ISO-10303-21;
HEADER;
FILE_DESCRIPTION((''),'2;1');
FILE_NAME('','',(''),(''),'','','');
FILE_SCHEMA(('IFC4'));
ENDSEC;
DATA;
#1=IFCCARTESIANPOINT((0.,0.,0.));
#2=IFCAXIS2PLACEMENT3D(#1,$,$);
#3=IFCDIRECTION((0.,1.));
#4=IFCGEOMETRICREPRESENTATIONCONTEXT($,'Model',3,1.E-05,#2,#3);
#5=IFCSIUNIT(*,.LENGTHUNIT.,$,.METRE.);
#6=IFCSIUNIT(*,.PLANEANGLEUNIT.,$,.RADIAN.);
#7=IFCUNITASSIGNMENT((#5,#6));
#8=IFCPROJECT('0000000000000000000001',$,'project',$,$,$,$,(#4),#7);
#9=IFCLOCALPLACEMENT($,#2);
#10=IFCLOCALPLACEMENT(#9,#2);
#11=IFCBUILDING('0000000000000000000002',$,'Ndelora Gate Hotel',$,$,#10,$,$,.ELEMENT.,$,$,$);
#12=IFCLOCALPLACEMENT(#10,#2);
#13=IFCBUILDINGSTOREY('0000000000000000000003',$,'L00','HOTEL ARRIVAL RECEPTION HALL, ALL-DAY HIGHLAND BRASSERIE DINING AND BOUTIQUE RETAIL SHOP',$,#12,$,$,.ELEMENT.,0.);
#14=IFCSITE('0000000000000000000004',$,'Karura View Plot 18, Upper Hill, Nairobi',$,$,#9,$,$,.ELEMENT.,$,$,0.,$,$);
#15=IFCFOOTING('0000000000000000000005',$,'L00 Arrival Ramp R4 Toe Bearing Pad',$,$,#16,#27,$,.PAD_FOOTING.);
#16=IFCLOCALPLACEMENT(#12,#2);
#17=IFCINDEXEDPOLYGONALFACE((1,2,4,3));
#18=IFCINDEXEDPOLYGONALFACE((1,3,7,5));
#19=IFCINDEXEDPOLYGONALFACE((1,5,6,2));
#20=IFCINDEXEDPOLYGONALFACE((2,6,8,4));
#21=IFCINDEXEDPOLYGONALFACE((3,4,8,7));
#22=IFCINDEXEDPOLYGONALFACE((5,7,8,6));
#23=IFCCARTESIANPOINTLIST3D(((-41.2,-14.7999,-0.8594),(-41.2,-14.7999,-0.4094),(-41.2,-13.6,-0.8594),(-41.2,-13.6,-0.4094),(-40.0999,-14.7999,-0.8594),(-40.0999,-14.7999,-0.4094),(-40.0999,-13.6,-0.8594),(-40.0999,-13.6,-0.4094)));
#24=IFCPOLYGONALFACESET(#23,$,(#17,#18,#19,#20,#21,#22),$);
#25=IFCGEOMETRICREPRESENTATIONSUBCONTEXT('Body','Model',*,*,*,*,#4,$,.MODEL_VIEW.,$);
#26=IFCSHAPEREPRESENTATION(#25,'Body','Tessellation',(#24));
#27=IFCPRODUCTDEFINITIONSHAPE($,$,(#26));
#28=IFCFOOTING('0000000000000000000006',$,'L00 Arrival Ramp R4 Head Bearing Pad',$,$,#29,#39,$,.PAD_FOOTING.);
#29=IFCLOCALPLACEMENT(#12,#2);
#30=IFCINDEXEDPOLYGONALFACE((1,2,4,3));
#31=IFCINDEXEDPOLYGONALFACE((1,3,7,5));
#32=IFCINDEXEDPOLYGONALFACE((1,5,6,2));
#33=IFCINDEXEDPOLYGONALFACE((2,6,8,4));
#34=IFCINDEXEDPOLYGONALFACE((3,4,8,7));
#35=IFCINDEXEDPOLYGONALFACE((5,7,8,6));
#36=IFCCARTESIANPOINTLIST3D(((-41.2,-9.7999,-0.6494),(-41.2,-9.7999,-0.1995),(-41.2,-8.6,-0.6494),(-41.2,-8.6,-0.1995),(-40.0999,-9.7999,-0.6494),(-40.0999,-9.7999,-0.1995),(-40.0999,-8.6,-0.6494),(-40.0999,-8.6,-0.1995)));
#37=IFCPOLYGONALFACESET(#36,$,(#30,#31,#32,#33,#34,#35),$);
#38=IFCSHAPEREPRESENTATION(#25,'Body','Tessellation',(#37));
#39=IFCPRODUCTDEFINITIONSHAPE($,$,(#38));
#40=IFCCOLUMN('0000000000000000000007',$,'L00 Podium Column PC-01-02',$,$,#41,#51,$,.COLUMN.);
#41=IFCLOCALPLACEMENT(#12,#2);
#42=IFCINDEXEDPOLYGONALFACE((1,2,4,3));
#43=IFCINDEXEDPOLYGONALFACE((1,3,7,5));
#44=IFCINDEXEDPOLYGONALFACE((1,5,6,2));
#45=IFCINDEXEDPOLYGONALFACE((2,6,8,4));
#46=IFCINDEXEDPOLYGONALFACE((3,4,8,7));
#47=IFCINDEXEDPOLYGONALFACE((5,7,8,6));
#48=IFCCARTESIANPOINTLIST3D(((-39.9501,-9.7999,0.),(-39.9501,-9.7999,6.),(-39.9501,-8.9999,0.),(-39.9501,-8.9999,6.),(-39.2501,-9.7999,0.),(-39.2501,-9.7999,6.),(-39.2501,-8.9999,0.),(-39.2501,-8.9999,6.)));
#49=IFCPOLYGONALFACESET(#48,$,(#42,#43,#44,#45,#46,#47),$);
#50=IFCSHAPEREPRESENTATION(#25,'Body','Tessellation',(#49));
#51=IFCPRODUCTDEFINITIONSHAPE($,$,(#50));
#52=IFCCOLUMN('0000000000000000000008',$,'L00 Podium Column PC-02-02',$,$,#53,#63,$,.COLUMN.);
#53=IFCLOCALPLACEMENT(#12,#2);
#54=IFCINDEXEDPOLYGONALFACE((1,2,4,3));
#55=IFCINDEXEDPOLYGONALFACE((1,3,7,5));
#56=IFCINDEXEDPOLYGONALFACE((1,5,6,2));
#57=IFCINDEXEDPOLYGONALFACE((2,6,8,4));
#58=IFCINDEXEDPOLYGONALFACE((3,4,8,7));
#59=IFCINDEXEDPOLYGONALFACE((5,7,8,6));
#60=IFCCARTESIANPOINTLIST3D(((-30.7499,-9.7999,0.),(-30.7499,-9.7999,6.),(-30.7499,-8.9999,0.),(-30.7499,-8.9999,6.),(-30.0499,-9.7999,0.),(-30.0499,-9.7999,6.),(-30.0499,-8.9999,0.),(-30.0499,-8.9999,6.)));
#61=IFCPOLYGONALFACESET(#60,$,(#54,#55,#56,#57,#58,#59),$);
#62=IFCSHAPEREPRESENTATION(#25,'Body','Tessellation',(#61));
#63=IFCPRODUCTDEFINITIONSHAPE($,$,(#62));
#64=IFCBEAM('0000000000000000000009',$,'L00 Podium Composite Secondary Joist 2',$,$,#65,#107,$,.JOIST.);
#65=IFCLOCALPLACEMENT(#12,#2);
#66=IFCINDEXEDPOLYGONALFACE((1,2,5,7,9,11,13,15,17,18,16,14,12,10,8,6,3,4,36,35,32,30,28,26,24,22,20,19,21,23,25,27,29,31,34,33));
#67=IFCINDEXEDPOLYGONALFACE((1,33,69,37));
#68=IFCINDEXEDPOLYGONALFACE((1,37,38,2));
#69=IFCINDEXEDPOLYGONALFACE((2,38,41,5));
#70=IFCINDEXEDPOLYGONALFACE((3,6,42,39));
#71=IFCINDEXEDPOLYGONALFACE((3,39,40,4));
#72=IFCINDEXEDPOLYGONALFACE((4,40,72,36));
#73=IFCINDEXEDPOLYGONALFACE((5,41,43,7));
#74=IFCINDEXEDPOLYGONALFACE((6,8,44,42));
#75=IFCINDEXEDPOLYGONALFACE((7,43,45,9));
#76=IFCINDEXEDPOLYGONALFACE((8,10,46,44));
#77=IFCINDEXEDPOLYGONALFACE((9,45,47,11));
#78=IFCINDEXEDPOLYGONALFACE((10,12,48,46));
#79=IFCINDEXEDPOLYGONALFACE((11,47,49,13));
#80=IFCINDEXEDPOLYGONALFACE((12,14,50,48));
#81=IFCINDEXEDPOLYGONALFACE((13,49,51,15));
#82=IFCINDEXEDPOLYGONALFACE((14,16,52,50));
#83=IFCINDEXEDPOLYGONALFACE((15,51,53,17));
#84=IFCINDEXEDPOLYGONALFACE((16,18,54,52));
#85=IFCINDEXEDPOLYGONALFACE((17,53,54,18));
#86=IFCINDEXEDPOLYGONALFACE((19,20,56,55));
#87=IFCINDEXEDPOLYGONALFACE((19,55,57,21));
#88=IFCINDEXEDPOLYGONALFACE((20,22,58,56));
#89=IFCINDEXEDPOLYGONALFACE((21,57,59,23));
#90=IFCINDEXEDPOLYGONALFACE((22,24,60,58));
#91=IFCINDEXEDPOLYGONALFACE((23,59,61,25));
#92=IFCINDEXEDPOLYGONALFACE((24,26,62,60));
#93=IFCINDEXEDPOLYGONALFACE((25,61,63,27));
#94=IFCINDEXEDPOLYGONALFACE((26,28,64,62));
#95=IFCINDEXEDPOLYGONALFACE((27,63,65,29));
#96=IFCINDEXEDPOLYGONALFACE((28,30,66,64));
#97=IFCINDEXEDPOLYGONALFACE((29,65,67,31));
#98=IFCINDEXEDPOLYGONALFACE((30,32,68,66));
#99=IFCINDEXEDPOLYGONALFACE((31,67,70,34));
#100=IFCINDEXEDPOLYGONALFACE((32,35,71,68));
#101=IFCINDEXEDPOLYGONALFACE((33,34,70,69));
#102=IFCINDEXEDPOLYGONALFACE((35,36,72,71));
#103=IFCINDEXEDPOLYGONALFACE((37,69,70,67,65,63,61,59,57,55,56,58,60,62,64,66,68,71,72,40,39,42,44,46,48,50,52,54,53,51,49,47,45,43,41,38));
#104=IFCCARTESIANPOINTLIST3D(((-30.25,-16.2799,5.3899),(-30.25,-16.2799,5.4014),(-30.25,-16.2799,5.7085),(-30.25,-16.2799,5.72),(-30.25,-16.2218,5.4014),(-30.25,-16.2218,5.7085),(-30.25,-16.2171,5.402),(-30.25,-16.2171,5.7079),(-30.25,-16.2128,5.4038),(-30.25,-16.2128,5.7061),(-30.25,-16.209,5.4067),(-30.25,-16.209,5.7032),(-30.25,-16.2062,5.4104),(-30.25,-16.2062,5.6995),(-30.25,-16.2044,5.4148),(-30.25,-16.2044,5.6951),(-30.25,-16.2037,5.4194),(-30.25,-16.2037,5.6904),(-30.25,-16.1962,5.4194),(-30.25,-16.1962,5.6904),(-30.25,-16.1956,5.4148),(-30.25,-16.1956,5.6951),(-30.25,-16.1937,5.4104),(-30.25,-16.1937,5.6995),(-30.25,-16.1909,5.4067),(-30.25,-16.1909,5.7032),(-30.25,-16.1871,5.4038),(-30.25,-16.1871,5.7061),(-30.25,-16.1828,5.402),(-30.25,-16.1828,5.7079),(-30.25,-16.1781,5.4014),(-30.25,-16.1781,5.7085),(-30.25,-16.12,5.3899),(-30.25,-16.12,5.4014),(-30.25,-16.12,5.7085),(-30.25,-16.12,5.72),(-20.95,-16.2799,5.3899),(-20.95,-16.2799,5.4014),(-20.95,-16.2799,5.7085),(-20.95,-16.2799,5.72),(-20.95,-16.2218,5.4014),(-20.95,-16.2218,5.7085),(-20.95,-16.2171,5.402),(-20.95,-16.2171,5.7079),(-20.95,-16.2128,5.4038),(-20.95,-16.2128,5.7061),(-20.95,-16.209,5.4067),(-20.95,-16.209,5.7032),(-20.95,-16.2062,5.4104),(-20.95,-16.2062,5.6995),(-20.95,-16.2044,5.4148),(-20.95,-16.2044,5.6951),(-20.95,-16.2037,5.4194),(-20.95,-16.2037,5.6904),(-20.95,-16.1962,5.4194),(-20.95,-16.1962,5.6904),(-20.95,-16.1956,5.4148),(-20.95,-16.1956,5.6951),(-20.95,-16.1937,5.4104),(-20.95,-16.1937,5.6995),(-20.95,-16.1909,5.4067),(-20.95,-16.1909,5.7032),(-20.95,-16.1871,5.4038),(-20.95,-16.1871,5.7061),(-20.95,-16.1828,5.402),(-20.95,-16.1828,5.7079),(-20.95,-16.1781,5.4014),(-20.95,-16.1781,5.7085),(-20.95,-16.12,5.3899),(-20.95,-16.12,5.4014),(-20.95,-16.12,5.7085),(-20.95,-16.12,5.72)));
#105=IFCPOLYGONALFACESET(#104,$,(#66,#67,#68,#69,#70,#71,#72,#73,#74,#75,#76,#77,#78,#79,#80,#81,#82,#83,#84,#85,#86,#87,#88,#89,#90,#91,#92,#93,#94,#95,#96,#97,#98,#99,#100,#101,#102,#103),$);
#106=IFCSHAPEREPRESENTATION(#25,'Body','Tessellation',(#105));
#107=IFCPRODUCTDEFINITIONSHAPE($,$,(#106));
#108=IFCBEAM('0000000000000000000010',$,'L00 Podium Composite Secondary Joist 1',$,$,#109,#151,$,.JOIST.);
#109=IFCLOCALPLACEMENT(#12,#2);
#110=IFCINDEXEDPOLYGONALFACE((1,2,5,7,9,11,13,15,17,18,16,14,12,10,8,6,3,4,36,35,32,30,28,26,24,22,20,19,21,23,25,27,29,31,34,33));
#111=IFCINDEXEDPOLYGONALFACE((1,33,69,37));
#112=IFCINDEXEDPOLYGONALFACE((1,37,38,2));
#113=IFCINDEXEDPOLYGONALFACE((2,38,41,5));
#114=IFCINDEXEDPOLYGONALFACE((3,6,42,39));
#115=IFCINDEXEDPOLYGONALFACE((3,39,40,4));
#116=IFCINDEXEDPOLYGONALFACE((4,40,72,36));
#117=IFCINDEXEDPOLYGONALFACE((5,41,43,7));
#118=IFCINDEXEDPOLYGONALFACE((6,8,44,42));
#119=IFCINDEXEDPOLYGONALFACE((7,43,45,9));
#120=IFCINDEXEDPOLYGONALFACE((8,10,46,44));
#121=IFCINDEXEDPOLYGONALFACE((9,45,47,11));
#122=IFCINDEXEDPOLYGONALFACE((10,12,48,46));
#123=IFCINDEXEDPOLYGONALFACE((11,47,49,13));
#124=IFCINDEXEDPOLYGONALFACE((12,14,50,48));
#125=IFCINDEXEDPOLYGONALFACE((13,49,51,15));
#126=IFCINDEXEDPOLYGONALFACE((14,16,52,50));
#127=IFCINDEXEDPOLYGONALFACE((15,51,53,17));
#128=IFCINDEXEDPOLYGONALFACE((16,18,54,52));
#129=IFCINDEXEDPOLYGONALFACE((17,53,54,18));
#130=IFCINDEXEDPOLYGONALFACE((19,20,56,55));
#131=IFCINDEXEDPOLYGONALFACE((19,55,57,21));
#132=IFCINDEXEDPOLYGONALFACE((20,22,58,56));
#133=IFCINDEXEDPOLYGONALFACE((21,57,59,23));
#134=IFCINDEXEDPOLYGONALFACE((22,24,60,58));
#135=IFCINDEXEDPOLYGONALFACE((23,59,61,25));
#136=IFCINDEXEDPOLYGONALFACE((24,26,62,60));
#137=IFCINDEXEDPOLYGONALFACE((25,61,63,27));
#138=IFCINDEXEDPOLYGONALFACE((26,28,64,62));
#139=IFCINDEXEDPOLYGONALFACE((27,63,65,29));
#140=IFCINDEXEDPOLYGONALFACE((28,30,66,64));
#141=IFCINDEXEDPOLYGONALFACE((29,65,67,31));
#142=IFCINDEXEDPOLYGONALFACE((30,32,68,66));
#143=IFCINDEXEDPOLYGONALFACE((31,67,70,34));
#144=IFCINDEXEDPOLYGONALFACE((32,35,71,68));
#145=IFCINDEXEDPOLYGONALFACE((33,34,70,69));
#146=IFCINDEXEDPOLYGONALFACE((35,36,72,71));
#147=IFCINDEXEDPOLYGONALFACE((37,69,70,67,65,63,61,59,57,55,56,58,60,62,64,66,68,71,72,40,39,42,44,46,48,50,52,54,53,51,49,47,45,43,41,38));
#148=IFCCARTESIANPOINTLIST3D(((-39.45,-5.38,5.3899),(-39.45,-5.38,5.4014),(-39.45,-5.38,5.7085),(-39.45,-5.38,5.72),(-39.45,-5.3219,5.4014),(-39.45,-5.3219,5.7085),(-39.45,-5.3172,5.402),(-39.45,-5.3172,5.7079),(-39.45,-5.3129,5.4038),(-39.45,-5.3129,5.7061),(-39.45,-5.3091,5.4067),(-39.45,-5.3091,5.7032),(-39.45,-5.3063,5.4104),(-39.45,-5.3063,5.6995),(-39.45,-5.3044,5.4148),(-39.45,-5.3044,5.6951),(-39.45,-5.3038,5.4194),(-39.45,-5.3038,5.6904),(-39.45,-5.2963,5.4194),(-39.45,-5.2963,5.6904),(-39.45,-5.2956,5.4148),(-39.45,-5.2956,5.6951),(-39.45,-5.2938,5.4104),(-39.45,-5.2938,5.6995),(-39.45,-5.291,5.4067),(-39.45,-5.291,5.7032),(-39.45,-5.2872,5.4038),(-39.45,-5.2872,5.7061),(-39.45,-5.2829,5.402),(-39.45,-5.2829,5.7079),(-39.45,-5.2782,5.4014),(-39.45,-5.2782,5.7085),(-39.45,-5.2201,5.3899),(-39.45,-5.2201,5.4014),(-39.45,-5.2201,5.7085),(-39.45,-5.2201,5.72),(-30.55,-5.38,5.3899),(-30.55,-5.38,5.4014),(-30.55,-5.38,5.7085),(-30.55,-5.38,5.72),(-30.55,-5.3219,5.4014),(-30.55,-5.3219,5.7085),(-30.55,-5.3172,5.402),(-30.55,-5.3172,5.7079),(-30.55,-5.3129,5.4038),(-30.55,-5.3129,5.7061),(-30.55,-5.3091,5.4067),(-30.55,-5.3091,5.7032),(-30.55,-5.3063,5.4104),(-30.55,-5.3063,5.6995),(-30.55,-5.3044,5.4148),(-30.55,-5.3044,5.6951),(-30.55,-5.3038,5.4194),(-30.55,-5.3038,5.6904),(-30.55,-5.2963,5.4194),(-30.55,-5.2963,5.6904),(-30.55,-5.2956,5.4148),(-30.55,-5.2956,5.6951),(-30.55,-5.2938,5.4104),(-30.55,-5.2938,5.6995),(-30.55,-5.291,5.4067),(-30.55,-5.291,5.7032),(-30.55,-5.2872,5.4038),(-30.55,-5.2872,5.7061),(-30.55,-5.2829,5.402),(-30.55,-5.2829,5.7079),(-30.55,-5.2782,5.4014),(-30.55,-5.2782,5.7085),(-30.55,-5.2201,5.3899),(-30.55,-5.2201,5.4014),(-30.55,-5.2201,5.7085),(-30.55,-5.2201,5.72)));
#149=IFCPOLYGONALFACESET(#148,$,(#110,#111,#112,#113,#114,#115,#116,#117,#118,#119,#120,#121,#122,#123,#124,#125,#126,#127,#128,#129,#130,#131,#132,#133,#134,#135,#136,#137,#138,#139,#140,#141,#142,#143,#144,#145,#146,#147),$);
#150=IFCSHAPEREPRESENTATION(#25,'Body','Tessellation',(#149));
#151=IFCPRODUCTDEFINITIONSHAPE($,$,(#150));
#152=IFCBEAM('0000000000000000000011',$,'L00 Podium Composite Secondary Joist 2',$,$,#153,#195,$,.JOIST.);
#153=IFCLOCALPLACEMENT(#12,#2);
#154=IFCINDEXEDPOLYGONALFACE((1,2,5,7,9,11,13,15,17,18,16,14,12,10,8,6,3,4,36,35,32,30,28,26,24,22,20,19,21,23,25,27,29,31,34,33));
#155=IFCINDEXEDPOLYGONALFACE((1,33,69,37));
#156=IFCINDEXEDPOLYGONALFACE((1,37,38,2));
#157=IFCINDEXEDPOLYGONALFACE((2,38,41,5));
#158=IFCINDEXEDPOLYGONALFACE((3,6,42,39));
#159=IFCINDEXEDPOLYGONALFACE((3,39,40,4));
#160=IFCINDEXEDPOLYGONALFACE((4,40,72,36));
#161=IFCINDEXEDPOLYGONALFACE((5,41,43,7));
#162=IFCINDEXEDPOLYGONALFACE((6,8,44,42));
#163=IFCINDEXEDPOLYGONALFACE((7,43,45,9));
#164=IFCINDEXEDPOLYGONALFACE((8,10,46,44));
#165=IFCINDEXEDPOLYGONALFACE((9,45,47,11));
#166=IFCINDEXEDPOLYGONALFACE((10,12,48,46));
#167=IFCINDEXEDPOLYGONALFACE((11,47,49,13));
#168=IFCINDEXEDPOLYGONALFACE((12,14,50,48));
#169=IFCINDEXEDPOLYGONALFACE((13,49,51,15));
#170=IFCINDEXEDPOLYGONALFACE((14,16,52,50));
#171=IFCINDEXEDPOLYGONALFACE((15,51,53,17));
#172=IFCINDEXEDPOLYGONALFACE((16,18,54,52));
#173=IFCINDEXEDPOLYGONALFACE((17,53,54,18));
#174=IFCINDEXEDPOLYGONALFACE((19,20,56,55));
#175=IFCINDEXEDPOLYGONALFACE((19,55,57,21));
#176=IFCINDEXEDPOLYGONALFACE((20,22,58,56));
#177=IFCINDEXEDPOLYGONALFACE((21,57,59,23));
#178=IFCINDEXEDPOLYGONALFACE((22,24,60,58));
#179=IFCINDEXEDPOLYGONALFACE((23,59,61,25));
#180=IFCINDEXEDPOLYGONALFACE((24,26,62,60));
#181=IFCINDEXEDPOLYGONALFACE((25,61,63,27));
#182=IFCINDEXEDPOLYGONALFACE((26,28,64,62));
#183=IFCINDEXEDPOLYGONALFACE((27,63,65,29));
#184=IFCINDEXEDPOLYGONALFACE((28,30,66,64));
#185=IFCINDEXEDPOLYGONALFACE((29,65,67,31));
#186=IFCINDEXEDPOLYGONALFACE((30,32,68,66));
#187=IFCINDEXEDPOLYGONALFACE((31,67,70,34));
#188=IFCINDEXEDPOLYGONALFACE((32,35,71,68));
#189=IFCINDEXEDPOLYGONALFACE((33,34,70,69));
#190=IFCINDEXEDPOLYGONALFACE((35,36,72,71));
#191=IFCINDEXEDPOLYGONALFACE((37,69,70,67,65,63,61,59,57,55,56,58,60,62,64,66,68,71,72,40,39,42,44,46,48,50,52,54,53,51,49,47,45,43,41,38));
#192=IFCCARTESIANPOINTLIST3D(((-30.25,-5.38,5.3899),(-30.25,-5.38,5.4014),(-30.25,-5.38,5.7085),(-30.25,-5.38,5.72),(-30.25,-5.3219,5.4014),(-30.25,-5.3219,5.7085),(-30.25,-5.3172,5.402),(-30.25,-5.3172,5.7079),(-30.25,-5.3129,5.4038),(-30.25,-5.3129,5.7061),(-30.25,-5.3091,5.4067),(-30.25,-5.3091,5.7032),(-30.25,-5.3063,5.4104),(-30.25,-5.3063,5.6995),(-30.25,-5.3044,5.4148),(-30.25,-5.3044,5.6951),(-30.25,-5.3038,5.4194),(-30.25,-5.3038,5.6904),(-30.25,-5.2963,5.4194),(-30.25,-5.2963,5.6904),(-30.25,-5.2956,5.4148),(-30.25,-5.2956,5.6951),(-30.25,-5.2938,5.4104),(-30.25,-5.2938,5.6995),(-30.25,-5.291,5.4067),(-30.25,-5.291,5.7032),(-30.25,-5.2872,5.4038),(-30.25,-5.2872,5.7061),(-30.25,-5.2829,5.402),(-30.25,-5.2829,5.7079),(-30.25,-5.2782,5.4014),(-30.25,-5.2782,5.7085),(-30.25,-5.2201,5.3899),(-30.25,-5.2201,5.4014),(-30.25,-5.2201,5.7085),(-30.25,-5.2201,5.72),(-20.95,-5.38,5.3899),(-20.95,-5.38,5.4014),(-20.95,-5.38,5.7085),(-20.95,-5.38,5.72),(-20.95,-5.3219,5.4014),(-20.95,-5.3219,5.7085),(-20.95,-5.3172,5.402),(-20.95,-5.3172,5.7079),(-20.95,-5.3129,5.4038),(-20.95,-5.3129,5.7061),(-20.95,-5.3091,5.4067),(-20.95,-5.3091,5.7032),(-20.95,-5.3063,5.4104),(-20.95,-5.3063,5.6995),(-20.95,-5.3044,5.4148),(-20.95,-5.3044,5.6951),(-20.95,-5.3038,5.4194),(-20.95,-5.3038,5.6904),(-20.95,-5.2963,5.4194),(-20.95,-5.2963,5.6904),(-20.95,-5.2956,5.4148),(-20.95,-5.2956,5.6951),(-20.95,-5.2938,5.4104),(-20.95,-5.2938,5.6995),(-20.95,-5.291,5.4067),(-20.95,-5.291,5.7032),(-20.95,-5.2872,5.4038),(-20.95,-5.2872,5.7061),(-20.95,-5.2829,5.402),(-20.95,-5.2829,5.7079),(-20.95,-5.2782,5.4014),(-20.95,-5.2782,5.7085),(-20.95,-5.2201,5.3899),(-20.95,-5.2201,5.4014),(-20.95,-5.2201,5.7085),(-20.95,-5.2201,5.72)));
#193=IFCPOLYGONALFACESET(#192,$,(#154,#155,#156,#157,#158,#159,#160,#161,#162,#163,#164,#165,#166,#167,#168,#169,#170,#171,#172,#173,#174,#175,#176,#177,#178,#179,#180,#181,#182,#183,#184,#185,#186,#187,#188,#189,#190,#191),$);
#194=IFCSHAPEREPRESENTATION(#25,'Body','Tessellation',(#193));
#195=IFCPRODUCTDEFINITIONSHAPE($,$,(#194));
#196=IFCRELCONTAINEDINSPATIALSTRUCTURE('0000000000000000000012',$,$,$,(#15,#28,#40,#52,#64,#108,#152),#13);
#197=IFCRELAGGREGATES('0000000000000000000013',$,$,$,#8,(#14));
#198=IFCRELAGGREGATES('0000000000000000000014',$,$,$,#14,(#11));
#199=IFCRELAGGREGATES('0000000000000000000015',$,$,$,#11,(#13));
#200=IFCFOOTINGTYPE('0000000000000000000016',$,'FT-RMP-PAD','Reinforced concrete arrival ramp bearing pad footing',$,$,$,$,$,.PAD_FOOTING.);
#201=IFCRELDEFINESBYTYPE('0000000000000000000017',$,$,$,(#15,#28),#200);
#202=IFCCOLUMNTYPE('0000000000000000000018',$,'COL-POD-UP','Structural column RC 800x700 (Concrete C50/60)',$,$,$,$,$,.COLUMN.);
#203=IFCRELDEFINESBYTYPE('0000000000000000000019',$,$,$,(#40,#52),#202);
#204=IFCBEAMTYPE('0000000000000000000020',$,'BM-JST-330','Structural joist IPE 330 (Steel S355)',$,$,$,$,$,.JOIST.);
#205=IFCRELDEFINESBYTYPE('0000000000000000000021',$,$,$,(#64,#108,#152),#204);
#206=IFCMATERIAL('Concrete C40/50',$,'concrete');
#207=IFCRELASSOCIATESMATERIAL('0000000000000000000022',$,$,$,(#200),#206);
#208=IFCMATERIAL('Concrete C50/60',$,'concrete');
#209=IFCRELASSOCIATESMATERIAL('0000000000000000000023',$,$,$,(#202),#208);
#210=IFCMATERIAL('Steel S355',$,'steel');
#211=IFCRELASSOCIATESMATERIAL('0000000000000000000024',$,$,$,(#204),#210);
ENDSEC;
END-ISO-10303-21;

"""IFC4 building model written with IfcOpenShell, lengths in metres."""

from ifc_helpers import new_model, si_unit, direction, frame, origin, origin_2d, place, context, subcontext, project, spatial, rectangle, i_section, extrude, material, material_profile, profile_set, type_object, element, save


model = new_model("IFC4")

# Units and contexts
model_context = context("Model", 3, precision=1e-05, world=origin(), true_north=direction((0.0, 1.0)))
body_context = subcontext(model_context, "Body", "Model", "MODEL_VIEW")
ifc_project = project(units=[si_unit("LENGTHUNIT", "METRE"), si_unit("PLANEANGLEUNIT", "RADIAN")], contexts=[model_context])

# Site, building, storey
site_placement = place(None, origin())
site = spatial("IfcSite", under=ifc_project, at=site_placement, Name="Karura View Plot 18, Upper Hill, Nairobi", CompositionType="ELEMENT", RefElevation=0.0)
building_placement = place(site_placement, origin())
building = spatial("IfcBuilding", under=site, at=building_placement, Name="Ndelora Gate Hotel", CompositionType="ELEMENT")
storey_placement = place(building_placement, origin())
storey = spatial("IfcBuildingStorey", under=building, at=storey_placement, Name="L00", Description="HOTEL ARRIVAL RECEPTION HALL, ALL-DAY HIGHLAND BRASSERIE DINING AND BOUTIQUE RETAIL SHOP", CompositionType="ELEMENT", Elevation=0.0)

# Footings
ifc_material_1 = material(Name="Concrete C40/50", Category="concrete")
footing_type = type_object("IfcFootingType", Name="FT-RMP-PAD", Description="Reinforced concrete arrival ramp bearing pad footing", PredefinedType="PAD_FOOTING", material=ifc_material_1)
for number, where, z_axis, x_axis, name in (
    (1, (-40.6499, -14.2, -0.8594), (0.0, 0.0, 1.0), (1.0, 0.0, 0.0), "L00 Arrival Ramp R4 Toe Bearing Pad"),
    (2, (-40.6499, -9.2, -0.6494), (0.0, 0.0, 1.0), (1.0, 0.0, 0.0), "L00 Arrival Ramp R4 Head Bearing Pad"),
):
    element("IfcFooting", number, at=place(storey_placement, frame(where, z_axis=z_axis, x_axis=x_axis)), inside=storey, type_object=footing_type, Name=name, PredefinedType="PAD_FOOTING", context=body_context, shape_type="SweptSolid", body=[
        extrude(rectangle(XDim=1.1001, YDim=1.2, at=origin_2d()), origin(), (0.0, 0.0, 1.0), 0.45),
    ])

# Columns
ifc_material_2 = material(Name="Concrete C50/60", Category="concrete")
ifc_material_profile_1 = material_profile(ifc_material_2, rectangle(XDim=0.7, YDim=0.8, at=origin_2d()), Name="RC 800x700")
ifc_profile_set_1 = profile_set([ifc_material_profile_1], Name="Concrete C50/60")
column_type = type_object("IfcColumnType", Name="COL-POD-UP", Description="Structural column RC 800x700 (Concrete C50/60)", PredefinedType="COLUMN", material=ifc_profile_set_1)
for number, where, z_axis, x_axis, name in (
    (3, (-39.6001, -9.3999, 0.0), (0.0, 0.0, 1.0), (1.0, 0.0, 0.0), "L00 Podium Column PC-01-02"),
    (4, (-30.3999, -9.3999, 0.0), (0.0, 0.0, 1.0), (1.0, 0.0, 0.0), "L00 Podium Column PC-02-02"),
):
    element("IfcColumn", number, at=place(storey_placement, frame(where, z_axis=z_axis, x_axis=x_axis)), inside=storey, type_object=column_type, Name=name, PredefinedType="COLUMN", context=body_context, shape_type="SweptSolid", body=[
        extrude(rectangle(XDim=0.7, YDim=0.8, at=origin_2d()), origin(), (0.0, 0.0, 1.0), 6.0),
    ])

# Beams
ifc_material_3 = material(Name="Steel S355", Category="steel")
ifc_material_profile_2 = material_profile(ifc_material_3, i_section(OverallWidth=0.1599, OverallDepth=0.3301, WebThickness=0.0076, FlangeThickness=0.0115, FilletRadius=0.0181, at=origin_2d()), Name="IPE 330")
ifc_profile_set_2 = profile_set([ifc_material_profile_2], Name="Steel S355")
beam_type_1 = type_object("IfcBeamType", Name="BM-JST-330", Description="Structural joist IPE 330 (Steel S355)", PredefinedType="JOIST", material=ifc_profile_set_2)
beam_1_placement = place(storey_placement, frame((-30.25, -16.2, 5.5549), z_axis=(1.0, 0.0, 0.0), x_axis=(0.0, 1.0, 0.0)))
element("IfcBeam", 5, at=beam_1_placement, inside=storey, type_object=beam_type_1, Name="L00 Podium Composite Secondary Joist 2", PredefinedType="JOIST", context=body_context, shape_type="SweptSolid", body=[
    extrude(i_section(OverallWidth=0.1599, OverallDepth=0.3301, WebThickness=0.0076, FlangeThickness=0.0115, FilletRadius=0.0181, at=origin_2d()), origin(), (0.0, 0.0, 1.0), 9.3),
])
beam_2_placement = place(storey_placement, frame((-39.45, -5.3, 5.5549), z_axis=(1.0, 0.0, 0.0), x_axis=(0.0, 1.0, 0.0)))
element("IfcBeam", 6, at=beam_2_placement, inside=storey, type_object=beam_type_1, Name="L00 Podium Composite Secondary Joist 1", PredefinedType="JOIST", context=body_context, shape_type="SweptSolid", body=[
    extrude(i_section(OverallWidth=0.1599, OverallDepth=0.3301, WebThickness=0.0076, FlangeThickness=0.0115, FilletRadius=0.0181, at=origin_2d()), origin(), (0.0, 0.0, 1.0), 8.8999),
])
beam_3_placement = place(storey_placement, frame((-30.25, -5.3, 5.5549), z_axis=(1.0, 0.0, 0.0), x_axis=(0.0, 1.0, 0.0)))
element("IfcBeam", 7, at=beam_3_placement, inside=storey, type_object=beam_type_1, Name="L00 Podium Composite Secondary Joist 2", PredefinedType="JOIST", context=body_context, shape_type="SweptSolid", body=[
    extrude(i_section(OverallWidth=0.1599, OverallDepth=0.3301, WebThickness=0.0076, FlangeThickness=0.0115, FilletRadius=0.0181, at=origin_2d()), origin(), (0.0, 0.0, 1.0), 9.3),
])

save(model, "model.ifc")
